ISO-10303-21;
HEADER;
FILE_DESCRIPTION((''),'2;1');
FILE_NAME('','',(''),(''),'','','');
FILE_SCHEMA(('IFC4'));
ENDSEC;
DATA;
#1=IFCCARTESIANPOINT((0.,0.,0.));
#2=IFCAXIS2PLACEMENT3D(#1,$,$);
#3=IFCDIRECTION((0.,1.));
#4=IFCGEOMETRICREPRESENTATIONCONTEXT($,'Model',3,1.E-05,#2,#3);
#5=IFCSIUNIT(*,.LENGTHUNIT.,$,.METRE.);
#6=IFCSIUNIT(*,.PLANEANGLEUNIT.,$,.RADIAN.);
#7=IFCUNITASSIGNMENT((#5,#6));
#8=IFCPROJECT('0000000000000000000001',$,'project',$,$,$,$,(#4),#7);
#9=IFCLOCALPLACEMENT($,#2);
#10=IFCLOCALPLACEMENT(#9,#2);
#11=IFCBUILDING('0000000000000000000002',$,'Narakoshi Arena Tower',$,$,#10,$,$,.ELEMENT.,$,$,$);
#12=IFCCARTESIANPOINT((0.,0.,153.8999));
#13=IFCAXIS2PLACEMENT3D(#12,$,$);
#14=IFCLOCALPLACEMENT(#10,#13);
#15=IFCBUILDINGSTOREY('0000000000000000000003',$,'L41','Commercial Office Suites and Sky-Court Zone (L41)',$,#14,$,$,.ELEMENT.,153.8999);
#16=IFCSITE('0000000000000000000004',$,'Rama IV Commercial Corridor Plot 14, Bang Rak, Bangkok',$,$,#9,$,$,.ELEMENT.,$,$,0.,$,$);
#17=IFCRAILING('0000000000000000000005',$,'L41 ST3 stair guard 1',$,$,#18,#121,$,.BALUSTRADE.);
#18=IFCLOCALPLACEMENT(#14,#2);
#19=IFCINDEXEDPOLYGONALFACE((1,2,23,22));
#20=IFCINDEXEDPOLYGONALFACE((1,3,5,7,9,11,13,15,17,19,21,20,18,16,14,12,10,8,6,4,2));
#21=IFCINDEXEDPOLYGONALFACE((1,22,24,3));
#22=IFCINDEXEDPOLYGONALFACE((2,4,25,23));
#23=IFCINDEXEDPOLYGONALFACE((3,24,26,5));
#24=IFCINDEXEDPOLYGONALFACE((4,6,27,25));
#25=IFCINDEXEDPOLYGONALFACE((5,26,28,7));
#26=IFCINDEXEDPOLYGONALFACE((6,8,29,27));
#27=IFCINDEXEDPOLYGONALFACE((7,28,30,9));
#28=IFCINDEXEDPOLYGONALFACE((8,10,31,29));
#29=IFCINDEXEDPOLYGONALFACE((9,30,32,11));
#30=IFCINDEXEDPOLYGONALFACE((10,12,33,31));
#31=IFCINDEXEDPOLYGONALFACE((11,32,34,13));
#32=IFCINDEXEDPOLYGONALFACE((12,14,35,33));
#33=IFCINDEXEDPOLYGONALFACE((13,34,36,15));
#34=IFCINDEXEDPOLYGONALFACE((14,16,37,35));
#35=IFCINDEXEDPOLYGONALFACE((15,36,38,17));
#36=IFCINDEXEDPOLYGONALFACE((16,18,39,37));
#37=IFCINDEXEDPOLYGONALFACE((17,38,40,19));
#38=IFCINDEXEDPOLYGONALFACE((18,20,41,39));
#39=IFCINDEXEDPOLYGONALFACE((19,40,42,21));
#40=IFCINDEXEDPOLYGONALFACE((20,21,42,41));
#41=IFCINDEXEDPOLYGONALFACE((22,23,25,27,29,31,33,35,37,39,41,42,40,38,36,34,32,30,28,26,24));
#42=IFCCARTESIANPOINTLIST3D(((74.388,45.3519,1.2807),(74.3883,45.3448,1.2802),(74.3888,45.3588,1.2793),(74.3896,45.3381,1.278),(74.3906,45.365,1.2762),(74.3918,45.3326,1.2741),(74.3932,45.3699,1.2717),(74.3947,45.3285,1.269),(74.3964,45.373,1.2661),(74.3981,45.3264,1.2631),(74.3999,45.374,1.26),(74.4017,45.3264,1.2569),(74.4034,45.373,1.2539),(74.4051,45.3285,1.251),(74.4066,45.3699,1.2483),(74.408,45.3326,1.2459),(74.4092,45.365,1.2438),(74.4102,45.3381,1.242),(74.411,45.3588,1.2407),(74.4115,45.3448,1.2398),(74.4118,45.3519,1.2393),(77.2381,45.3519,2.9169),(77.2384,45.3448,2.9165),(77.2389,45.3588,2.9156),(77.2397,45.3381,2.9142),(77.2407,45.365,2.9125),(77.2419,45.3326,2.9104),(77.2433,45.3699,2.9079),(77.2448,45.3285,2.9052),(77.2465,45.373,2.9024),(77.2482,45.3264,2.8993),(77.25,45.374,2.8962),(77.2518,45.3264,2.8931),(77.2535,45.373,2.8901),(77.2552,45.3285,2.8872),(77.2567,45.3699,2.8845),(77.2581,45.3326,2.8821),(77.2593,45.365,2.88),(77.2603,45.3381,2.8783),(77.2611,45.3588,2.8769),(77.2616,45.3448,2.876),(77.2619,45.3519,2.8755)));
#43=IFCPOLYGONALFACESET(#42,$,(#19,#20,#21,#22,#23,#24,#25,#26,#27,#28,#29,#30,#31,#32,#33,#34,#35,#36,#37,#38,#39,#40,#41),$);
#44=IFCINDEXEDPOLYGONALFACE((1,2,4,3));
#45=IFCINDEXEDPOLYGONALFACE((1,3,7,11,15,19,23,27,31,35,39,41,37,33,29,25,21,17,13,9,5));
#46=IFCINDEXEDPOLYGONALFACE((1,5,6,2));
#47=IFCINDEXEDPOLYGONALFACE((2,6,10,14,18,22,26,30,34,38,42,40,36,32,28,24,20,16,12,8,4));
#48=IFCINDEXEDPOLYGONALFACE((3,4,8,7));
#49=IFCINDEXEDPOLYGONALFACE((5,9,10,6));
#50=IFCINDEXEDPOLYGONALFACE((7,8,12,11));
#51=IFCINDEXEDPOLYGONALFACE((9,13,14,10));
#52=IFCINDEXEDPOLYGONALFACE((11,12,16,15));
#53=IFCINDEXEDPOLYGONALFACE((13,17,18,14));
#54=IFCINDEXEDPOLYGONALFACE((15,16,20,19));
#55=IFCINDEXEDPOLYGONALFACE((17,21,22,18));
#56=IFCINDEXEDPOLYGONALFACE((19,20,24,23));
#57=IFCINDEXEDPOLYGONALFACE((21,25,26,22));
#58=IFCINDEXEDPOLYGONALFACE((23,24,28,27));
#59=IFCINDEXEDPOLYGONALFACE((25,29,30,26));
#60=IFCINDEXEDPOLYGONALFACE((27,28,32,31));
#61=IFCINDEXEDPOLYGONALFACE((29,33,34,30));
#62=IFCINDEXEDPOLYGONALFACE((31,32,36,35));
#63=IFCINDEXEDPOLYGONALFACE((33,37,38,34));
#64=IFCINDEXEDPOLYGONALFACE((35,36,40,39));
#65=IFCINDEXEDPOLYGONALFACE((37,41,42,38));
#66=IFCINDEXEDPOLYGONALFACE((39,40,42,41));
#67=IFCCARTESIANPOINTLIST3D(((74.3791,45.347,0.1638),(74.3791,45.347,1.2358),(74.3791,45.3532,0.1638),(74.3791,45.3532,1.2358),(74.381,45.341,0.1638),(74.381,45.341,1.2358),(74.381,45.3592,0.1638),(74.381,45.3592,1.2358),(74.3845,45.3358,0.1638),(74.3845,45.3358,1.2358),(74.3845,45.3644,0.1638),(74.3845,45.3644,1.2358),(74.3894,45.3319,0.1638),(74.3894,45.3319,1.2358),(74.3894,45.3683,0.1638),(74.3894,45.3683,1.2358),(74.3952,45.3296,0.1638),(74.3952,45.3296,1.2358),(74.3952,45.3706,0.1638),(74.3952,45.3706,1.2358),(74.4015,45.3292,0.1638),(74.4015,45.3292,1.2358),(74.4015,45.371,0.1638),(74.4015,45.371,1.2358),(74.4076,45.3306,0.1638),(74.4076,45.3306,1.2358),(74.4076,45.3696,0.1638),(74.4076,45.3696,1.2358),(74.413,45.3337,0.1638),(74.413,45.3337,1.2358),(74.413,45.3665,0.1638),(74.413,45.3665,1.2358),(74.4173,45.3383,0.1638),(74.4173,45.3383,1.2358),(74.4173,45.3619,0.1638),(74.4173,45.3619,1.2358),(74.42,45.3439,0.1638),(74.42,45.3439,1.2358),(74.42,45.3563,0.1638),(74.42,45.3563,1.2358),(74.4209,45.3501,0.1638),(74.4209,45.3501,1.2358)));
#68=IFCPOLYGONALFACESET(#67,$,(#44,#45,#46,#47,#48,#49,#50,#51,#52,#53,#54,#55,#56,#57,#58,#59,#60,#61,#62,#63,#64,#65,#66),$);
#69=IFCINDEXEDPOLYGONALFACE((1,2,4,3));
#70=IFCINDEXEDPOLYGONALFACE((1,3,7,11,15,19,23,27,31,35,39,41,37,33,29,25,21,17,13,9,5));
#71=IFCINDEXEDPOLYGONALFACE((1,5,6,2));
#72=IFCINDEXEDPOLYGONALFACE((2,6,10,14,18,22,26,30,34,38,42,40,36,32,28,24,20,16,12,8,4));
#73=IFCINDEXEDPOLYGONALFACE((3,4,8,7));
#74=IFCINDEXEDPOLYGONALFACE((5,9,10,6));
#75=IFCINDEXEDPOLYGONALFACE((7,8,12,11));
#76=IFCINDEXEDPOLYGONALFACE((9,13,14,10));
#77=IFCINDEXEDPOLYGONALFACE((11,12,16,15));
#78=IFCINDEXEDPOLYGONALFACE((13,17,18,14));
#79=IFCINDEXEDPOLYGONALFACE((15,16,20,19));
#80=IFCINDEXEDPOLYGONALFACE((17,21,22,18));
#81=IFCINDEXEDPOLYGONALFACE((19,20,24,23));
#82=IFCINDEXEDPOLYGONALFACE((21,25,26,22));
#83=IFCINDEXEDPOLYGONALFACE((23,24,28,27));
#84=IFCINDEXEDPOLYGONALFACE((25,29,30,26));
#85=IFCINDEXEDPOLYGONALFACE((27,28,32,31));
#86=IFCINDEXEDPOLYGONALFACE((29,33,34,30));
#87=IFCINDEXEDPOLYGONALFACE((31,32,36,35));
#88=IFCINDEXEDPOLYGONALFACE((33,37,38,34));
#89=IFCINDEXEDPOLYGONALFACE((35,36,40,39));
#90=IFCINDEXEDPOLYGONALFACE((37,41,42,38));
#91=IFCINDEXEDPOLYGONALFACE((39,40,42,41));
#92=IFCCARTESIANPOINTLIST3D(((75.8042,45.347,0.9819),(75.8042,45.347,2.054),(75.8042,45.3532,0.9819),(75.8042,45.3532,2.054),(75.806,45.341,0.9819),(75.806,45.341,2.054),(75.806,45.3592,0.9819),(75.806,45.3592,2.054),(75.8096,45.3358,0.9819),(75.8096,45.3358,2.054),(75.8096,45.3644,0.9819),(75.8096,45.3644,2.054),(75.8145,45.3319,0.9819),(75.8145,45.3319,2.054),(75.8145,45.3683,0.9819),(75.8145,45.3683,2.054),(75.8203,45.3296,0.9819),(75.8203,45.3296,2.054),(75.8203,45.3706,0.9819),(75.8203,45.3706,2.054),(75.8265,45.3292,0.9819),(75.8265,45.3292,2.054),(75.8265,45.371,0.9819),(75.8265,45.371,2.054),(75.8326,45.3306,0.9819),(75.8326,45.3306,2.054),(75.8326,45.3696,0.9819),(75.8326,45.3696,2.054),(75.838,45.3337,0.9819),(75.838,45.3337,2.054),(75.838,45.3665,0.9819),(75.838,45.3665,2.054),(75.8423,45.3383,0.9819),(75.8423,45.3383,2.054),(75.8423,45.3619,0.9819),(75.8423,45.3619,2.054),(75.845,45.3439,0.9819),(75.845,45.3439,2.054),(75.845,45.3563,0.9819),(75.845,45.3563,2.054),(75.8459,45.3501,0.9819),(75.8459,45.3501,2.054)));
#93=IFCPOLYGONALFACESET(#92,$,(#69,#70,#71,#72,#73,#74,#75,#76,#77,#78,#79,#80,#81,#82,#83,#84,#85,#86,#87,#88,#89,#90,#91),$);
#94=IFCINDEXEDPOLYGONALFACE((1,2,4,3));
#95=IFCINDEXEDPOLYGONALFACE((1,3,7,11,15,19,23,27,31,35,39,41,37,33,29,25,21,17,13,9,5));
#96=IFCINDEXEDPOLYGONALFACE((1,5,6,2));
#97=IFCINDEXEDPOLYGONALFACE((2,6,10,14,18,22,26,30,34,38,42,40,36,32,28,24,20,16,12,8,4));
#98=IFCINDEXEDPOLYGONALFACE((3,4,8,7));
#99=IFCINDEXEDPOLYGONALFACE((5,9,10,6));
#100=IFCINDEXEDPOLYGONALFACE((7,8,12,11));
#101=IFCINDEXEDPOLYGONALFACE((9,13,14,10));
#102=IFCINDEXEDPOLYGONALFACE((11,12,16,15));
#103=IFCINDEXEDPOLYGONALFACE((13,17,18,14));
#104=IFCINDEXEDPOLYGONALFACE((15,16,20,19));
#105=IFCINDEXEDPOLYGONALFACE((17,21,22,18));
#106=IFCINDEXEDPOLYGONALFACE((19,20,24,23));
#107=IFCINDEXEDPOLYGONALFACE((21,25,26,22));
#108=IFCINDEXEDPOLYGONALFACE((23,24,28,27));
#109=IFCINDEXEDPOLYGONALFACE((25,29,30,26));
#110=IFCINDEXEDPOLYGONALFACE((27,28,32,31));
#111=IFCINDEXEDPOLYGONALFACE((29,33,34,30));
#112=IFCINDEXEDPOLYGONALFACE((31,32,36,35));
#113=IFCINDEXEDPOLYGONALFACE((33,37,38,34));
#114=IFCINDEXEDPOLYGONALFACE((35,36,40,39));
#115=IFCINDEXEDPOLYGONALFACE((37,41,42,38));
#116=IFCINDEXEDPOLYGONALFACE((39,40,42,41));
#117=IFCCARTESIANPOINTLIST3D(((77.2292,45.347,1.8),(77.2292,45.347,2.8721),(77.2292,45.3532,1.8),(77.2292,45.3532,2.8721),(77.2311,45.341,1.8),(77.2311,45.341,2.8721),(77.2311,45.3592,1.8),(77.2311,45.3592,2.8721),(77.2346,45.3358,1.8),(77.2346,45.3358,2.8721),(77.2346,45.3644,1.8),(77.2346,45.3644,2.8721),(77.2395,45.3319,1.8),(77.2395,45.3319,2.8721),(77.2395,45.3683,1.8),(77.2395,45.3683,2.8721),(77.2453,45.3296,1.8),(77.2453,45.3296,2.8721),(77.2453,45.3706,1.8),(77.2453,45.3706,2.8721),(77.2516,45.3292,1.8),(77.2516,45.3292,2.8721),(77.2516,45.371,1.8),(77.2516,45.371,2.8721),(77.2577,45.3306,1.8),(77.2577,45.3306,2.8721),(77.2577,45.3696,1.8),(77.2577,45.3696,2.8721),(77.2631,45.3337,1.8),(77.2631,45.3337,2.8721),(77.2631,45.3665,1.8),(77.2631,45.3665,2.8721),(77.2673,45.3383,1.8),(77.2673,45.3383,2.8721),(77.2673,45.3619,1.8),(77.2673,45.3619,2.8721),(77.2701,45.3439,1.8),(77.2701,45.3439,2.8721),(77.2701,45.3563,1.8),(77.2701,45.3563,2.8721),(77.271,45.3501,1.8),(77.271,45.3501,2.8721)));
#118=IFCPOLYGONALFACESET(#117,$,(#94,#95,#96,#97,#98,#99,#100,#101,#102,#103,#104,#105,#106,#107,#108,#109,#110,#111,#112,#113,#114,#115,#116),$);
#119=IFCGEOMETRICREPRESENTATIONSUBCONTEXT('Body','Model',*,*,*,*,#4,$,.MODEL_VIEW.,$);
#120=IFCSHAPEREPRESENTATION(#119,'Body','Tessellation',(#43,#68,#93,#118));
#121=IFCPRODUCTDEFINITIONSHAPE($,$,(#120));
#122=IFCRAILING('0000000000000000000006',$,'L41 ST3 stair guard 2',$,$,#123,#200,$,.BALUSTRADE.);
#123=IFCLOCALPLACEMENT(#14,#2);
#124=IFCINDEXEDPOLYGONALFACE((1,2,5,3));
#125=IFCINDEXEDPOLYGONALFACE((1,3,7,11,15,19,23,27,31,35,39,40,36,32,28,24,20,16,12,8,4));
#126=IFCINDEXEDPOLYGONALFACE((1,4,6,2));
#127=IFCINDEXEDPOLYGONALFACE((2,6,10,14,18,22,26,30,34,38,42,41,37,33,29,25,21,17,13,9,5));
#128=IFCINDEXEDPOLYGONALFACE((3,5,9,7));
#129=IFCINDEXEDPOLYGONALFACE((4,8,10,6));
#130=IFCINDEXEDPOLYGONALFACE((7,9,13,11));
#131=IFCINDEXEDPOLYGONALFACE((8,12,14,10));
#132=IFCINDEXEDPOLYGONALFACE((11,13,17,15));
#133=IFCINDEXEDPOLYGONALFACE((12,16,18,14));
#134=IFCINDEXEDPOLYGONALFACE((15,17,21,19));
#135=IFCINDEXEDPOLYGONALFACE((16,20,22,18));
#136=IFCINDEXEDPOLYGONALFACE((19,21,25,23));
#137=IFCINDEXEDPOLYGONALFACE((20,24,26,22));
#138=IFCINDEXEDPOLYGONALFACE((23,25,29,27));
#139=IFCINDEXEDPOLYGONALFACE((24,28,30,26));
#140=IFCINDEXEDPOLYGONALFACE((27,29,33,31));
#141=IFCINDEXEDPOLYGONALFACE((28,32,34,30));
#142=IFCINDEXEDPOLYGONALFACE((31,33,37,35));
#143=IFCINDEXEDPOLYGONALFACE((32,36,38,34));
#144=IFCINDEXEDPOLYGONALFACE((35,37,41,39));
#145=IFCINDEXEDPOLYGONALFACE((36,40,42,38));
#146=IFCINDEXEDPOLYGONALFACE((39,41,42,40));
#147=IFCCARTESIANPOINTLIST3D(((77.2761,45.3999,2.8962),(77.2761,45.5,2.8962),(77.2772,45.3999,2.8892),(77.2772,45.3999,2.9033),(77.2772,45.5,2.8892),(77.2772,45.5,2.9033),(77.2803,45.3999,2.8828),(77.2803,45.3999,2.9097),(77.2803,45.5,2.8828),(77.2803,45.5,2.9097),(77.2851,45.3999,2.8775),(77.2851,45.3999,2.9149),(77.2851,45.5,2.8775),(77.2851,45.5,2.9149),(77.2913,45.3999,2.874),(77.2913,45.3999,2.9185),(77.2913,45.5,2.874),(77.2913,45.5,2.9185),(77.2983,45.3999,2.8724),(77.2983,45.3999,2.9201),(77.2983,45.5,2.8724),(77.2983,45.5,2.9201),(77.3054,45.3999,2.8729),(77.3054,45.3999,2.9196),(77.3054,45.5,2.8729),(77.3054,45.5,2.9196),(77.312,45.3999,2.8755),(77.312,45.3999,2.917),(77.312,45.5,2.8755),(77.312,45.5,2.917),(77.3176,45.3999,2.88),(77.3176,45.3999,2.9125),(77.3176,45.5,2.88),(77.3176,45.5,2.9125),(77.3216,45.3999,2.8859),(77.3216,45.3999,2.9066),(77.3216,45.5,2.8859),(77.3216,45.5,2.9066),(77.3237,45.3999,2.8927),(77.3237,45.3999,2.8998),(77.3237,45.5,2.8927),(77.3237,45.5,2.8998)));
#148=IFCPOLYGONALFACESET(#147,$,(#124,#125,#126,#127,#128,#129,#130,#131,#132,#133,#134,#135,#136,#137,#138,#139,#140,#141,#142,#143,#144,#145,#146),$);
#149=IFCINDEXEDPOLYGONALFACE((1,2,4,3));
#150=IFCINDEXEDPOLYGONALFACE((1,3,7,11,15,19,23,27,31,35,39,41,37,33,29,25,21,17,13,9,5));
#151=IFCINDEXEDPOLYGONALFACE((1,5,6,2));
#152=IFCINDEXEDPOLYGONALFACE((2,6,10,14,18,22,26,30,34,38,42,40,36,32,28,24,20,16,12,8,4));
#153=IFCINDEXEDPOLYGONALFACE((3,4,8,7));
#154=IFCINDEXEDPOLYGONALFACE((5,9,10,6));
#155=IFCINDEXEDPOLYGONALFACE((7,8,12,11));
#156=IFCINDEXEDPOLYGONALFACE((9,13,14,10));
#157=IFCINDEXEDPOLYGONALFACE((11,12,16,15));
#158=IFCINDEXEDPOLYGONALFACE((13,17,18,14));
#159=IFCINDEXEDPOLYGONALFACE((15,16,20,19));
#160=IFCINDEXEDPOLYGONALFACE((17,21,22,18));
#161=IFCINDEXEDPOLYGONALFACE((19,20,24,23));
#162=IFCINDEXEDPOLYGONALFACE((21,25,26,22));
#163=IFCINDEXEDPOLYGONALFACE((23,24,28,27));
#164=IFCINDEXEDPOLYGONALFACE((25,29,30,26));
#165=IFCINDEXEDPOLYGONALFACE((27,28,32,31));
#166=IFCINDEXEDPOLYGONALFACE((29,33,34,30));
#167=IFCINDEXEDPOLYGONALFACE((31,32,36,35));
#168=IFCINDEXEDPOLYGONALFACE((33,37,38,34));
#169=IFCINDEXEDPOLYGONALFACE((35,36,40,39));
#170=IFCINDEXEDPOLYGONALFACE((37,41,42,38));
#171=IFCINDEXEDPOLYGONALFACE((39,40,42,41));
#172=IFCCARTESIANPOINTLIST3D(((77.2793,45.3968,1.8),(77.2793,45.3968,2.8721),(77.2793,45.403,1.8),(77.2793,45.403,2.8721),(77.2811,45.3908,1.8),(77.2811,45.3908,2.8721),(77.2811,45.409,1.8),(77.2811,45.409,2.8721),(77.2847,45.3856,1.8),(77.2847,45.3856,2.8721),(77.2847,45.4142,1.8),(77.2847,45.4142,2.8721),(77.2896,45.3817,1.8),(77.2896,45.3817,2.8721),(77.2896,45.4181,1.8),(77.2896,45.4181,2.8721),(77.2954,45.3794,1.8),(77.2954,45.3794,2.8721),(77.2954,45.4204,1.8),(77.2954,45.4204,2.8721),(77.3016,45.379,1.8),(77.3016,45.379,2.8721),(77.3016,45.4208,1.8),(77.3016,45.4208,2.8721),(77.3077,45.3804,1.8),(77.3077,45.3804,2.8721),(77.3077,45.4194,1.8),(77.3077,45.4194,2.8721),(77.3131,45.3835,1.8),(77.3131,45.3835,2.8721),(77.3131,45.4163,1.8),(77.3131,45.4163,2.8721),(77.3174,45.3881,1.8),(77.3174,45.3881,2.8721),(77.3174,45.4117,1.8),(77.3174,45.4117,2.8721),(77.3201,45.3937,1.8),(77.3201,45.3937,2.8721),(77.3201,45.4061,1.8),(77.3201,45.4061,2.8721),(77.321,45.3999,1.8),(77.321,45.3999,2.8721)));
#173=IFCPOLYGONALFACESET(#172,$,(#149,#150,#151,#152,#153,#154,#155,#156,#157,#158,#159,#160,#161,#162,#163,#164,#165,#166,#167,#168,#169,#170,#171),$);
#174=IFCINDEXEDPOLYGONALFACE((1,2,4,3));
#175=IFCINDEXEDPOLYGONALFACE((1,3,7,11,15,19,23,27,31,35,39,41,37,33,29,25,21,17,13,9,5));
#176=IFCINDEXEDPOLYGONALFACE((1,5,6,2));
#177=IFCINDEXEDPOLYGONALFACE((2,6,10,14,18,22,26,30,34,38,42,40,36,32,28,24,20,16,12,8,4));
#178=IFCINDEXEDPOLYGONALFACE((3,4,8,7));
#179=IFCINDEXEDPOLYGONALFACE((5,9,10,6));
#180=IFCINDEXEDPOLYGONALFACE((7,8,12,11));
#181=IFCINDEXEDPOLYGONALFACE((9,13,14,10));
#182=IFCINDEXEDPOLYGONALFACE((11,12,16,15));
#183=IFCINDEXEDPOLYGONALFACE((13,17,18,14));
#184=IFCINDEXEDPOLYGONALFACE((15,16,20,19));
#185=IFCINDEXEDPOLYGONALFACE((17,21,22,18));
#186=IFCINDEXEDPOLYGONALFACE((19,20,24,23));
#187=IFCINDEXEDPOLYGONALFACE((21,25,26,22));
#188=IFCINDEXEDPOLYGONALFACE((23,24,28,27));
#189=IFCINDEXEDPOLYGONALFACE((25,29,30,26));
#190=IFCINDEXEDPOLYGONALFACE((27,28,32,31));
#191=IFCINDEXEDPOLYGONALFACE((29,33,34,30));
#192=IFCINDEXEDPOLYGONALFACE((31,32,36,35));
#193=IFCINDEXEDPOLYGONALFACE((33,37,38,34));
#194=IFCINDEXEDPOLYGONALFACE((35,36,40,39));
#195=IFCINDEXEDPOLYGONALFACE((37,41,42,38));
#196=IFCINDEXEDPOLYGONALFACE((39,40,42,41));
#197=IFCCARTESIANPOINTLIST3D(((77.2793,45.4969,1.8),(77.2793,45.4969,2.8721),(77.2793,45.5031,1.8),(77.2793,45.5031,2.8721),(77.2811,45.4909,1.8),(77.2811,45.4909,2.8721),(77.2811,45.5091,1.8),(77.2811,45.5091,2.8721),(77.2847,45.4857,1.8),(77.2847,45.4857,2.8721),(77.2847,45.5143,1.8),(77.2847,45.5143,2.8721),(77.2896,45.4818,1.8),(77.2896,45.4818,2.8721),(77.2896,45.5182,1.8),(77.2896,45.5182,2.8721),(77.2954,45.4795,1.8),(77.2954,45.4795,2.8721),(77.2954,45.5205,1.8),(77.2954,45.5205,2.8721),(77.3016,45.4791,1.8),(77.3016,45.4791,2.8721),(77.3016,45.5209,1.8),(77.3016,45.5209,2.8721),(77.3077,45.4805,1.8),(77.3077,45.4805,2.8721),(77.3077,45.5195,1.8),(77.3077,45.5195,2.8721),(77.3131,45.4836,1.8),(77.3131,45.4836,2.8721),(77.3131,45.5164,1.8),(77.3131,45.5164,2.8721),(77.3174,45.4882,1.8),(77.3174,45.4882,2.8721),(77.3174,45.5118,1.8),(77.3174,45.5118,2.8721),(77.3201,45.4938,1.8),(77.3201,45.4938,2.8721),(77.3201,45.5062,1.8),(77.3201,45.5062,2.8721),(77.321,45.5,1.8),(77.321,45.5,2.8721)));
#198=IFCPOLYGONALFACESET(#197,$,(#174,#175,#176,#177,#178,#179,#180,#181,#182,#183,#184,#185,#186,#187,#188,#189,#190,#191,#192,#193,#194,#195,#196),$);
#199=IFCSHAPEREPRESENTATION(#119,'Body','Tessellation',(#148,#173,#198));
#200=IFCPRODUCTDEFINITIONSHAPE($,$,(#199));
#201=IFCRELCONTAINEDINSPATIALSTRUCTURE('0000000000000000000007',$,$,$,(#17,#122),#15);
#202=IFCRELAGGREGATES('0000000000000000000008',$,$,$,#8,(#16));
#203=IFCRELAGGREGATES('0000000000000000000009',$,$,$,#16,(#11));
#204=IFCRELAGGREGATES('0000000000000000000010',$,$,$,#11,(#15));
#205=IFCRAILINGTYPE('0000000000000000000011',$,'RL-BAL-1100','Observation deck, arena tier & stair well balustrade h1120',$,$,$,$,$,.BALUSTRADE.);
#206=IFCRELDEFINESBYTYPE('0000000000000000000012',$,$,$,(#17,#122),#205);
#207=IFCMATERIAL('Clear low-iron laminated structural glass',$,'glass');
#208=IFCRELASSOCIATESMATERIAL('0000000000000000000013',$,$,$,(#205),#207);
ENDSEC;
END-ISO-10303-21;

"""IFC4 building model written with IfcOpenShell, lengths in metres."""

from ifc_helpers import new_model, si_unit, direction, frame, origin, origin_2d, place, context, subcontext, project, spatial, circle, extrude, material, type_object, element, save


model = new_model("IFC4")

# Units and contexts
model_context = context("Model", 3, precision=1e-05, world=origin(), true_north=direction((0.0, 1.0)))
body_context = subcontext(model_context, "Body", "Model", "MODEL_VIEW")
ifc_project = project(units=[si_unit("LENGTHUNIT", "METRE"), si_unit("PLANEANGLEUNIT", "RADIAN")], contexts=[model_context])

# Site, building, storey
site_placement = place(None, origin())
site = spatial("IfcSite", under=ifc_project, at=site_placement, Name="Rama IV Commercial Corridor Plot 14, Bang Rak, Bangkok", CompositionType="ELEMENT", RefElevation=0.0)
building_placement = place(site_placement, origin())
building = spatial("IfcBuilding", under=site, at=building_placement, Name="Narakoshi Arena Tower", CompositionType="ELEMENT")
storey_placement = place(building_placement, frame((0.0, 0.0, 153.8999)))
storey = spatial("IfcBuildingStorey", under=building, at=storey_placement, Name="L41", Description="Commercial Office Suites and Sky-Court Zone (L41)", CompositionType="ELEMENT", Elevation=153.8999)

# Railings
ifc_material_1 = material(Name="Clear low-iron laminated structural glass", Category="glass")
railing_type_1 = type_object("IfcRailingType", Name="RL-BAL-1100", Description="Observation deck, arena tier & stair well balustrade h1120", PredefinedType="BALUSTRADE", material=ifc_material_1)
railing_1_placement = place(storey_placement, frame((74.3999, 45.3501, 0.1638)))
element("IfcRailing", 1, at=railing_1_placement, inside=storey, type_object=railing_type_1, Name="L41 ST3 stair guard 1", PredefinedType="BALUSTRADE", context=body_context, shape_type="SweptSolid", body=[
    extrude(circle(Radius=0.0239, at=origin_2d()), frame((0.0, 0.0, 1.0962), z_axis=(0.867245, 0.0, 0.497882), x_axis=(0.0, 1.0, 0.0)), (0.0, 0.0, 1.0), 3.2864),
    extrude(circle(Radius=0.021, at=origin_2d()), origin(), (0.0, 0.0, 1.0), 1.072),
    extrude(circle(Radius=0.021, at=origin_2d()), frame((1.425, 0.0, 0.8181)), (0.0, 0.0, 1.0), 1.072),
    extrude(circle(Radius=0.021, at=origin_2d()), frame((2.8501, 0.0, 1.6362)), (0.0, 0.0, 1.0), 1.072),
])
railing_2_placement = place(storey_placement, frame((77.3, 45.3999, 1.8)))
element("IfcRailing", 2, at=railing_2_placement, inside=storey, type_object=railing_type_1, Name="L41 ST3 stair guard 2", PredefinedType="BALUSTRADE", context=body_context, shape_type="SweptSolid", body=[
    extrude(circle(Radius=0.0239, at=origin_2d()), frame((0.0, 0.0, 1.0962), z_axis=(0.0, 1.0, 0.0), x_axis=(-1.0, 0.0, 0.0)), (0.0, 0.0, 1.0), 0.1001),
    extrude(circle(Radius=0.021, at=origin_2d()), origin(), (0.0, 0.0, 1.0), 1.072),
    extrude(circle(Radius=0.021, at=origin_2d()), frame((0.0, 0.1001, 0.0)), (0.0, 0.0, 1.0), 1.072),
])

save(model, "model.ifc")
